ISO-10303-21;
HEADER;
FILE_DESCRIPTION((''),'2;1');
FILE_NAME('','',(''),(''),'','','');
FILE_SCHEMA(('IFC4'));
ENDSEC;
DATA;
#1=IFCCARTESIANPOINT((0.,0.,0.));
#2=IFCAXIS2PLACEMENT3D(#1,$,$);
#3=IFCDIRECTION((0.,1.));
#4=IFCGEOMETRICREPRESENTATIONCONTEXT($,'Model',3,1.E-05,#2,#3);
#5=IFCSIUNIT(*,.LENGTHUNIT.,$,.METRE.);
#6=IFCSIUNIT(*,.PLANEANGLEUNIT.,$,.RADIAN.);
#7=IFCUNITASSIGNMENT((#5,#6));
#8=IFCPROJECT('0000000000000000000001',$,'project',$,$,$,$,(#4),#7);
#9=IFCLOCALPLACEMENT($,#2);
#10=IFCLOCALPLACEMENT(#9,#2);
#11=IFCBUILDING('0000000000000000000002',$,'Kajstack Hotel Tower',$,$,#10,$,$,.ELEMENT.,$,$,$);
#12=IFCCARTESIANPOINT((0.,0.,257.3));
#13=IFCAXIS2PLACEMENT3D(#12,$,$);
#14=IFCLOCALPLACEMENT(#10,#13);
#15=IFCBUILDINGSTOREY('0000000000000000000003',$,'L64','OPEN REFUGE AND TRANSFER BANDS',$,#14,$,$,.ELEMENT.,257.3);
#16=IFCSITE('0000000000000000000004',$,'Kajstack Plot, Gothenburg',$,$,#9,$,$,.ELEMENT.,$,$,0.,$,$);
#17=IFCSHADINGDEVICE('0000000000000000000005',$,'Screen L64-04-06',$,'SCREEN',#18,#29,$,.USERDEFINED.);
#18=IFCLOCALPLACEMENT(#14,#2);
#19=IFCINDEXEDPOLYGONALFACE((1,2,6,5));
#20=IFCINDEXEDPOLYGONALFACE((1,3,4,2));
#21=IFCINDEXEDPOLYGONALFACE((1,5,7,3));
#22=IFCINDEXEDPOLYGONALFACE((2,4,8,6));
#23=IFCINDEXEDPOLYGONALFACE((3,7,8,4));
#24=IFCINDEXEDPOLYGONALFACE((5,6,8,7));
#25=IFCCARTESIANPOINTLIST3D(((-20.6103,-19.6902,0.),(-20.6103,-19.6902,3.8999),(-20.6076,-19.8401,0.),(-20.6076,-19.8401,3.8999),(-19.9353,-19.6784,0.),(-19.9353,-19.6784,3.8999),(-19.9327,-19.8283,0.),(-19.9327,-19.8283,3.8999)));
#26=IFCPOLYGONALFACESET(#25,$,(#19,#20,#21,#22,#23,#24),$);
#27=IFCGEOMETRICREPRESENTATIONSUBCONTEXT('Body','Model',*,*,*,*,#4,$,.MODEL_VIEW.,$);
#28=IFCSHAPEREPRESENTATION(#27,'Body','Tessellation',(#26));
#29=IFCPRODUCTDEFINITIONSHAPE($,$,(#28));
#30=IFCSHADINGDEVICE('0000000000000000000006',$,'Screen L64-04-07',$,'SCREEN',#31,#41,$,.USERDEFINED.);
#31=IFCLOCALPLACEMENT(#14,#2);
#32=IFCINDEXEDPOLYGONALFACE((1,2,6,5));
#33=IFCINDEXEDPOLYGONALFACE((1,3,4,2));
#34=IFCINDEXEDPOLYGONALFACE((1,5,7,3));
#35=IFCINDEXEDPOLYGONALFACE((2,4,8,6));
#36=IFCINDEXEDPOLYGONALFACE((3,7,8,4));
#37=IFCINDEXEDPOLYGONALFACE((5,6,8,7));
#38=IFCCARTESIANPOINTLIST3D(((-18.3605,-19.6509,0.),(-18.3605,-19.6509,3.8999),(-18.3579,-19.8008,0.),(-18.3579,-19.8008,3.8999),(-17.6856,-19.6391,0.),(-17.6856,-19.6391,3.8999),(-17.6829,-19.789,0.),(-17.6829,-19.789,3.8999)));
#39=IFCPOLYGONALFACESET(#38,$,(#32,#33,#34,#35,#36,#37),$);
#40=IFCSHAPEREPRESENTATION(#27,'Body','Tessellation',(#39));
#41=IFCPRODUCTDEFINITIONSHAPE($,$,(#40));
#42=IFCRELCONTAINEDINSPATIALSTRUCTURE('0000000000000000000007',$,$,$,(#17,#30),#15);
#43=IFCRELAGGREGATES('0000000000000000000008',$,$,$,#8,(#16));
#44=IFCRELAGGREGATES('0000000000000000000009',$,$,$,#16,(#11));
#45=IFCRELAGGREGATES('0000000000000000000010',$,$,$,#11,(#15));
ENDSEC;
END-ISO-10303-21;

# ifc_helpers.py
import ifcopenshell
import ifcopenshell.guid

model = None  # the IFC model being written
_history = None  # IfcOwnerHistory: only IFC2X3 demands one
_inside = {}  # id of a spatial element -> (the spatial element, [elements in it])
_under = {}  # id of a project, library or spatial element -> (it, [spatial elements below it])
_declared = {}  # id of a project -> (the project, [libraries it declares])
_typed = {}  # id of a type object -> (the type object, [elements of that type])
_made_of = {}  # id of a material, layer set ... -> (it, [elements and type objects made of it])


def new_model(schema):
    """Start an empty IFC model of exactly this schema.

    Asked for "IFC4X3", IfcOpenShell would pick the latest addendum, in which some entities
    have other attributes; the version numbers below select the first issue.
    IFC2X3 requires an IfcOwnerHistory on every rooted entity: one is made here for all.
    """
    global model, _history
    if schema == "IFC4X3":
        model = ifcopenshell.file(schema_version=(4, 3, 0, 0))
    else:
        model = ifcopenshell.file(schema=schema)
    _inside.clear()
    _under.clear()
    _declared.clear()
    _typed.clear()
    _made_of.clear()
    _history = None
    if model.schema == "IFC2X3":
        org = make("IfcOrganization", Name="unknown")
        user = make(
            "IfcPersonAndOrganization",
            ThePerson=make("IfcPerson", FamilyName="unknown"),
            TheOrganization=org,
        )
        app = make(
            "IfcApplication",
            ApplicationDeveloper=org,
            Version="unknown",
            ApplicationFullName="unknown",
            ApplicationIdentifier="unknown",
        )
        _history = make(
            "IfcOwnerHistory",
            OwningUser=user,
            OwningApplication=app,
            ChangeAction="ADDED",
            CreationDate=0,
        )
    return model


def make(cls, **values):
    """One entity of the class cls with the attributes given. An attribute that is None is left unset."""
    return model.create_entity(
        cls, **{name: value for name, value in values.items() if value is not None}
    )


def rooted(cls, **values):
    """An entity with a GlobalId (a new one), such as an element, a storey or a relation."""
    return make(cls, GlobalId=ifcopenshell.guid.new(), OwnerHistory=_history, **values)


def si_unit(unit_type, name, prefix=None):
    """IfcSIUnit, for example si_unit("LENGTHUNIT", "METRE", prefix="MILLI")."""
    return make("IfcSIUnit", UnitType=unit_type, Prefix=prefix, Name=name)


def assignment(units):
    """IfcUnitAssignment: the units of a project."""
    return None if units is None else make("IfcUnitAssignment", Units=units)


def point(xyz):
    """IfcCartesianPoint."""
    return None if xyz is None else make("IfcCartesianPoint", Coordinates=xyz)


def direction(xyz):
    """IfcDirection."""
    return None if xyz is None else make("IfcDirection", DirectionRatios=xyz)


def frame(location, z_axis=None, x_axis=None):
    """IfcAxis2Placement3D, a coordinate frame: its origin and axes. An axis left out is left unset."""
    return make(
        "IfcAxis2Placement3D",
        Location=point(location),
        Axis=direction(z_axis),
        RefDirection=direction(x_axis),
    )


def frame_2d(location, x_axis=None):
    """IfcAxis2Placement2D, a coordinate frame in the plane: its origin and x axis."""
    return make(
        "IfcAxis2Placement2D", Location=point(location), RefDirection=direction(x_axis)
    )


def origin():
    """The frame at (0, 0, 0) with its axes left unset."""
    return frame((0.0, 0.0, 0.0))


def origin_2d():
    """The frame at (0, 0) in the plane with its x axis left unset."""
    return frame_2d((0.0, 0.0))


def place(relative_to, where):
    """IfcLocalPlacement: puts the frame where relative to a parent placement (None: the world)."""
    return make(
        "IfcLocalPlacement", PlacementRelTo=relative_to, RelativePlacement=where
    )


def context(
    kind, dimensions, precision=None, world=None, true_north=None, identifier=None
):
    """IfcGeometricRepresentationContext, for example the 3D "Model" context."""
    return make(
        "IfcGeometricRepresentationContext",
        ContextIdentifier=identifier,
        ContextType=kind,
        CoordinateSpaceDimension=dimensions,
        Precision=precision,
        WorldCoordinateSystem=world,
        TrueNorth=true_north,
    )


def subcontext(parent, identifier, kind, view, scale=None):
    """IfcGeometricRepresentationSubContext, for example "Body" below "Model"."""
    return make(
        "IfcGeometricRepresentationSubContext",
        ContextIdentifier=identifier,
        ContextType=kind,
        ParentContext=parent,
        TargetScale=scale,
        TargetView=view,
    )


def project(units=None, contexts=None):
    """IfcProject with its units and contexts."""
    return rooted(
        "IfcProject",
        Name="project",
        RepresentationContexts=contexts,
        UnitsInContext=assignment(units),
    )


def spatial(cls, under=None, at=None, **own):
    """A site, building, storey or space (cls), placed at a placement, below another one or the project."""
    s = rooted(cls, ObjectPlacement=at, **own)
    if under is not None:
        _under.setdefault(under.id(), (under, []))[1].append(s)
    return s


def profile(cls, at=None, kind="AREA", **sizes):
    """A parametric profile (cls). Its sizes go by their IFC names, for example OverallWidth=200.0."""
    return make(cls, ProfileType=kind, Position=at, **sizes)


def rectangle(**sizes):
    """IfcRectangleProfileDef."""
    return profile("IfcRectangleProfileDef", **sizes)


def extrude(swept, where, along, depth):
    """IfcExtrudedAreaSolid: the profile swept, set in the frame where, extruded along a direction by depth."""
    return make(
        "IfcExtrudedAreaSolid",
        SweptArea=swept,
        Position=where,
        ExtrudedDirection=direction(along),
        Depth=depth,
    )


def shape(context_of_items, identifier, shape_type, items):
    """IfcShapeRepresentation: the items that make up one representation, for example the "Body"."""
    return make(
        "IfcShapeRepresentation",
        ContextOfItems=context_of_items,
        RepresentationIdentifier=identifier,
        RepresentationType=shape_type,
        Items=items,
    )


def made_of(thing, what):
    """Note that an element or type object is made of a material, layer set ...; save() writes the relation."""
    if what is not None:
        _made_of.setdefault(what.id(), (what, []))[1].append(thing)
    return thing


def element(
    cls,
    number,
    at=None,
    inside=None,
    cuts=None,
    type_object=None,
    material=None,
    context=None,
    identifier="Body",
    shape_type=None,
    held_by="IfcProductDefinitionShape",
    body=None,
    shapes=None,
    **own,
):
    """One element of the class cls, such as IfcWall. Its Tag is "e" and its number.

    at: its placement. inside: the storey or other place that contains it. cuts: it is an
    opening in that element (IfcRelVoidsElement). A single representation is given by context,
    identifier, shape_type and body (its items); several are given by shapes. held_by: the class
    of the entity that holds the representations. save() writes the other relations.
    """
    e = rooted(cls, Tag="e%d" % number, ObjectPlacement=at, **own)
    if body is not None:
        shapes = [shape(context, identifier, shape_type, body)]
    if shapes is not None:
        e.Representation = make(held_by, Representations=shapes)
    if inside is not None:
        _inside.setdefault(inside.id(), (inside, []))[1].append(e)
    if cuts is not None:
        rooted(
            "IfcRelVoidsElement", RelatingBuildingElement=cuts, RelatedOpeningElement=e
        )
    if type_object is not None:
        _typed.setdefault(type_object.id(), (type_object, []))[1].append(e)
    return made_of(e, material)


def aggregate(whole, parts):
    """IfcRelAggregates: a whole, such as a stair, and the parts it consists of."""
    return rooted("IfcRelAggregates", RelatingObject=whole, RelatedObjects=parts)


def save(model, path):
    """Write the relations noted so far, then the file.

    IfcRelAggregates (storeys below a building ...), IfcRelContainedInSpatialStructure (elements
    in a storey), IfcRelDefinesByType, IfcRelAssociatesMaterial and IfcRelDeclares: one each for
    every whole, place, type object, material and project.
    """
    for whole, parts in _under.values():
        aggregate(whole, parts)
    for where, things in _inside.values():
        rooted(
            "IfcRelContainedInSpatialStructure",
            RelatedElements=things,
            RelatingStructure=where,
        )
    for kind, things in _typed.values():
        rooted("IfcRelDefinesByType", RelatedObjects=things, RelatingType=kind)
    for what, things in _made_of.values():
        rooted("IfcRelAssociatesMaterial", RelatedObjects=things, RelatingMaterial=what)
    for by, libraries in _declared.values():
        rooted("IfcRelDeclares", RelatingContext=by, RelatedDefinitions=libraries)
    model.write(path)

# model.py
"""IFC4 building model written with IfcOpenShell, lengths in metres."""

from ifc_helpers import new_model, si_unit, direction, frame, origin, origin_2d, place, context, subcontext, project, spatial, rectangle, extrude, element, save


model = new_model("IFC4")

# Units and contexts
model_context = context("Model", 3, precision=1e-05, world=origin(), true_north=direction((0.0, 1.0)))
body_context = subcontext(model_context, "Body", "Model", "MODEL_VIEW")
ifc_project = project(units=[si_unit("LENGTHUNIT", "METRE"), si_unit("PLANEANGLEUNIT", "RADIAN")], contexts=[model_context])

# Site, building, storey
site_placement = place(None, origin())
site = spatial("IfcSite", under=ifc_project, at=site_placement, Name="Kajstack Plot, Gothenburg", CompositionType="ELEMENT", RefElevation=0.0)
building_placement = place(site_placement, origin())
building = spatial("IfcBuilding", under=site, at=building_placement, Name="Kajstack Hotel Tower", CompositionType="ELEMENT")
storey_placement = place(building_placement, frame((0.0, 0.0, 257.3)))
storey = spatial("IfcBuildingStorey", under=building, at=storey_placement, Name="L64", Description="OPEN REFUGE AND TRANSFER BANDS", CompositionType="ELEMENT", Elevation=257.3)

# Shading devices
for number, where, z_axis, x_axis, name in (
    (1, (-20.2715, -19.7593, 0.0), (0.0, 0.0, 1.0), (0.999848, 0.017453, 0.0), "Screen L64-04-06"),
    (2, (-18.0217, -19.72, 0.0), (0.0, 0.0, 1.0), (0.999848, 0.017453, 0.0), "Screen L64-04-07"),
):
    element("IfcShadingDevice", number, at=place(storey_placement, frame(where, z_axis=z_axis, x_axis=x_axis)), inside=storey, Name=name, ObjectType="SCREEN", PredefinedType="USERDEFINED", context=body_context, shape_type="SweptSolid", body=[
        extrude(rectangle(XDim=0.675, YDim=0.1499, at=origin_2d()), origin(), (0.0, 0.0, 1.0), 3.8999),
    ])

save(model, "model.ifc")
